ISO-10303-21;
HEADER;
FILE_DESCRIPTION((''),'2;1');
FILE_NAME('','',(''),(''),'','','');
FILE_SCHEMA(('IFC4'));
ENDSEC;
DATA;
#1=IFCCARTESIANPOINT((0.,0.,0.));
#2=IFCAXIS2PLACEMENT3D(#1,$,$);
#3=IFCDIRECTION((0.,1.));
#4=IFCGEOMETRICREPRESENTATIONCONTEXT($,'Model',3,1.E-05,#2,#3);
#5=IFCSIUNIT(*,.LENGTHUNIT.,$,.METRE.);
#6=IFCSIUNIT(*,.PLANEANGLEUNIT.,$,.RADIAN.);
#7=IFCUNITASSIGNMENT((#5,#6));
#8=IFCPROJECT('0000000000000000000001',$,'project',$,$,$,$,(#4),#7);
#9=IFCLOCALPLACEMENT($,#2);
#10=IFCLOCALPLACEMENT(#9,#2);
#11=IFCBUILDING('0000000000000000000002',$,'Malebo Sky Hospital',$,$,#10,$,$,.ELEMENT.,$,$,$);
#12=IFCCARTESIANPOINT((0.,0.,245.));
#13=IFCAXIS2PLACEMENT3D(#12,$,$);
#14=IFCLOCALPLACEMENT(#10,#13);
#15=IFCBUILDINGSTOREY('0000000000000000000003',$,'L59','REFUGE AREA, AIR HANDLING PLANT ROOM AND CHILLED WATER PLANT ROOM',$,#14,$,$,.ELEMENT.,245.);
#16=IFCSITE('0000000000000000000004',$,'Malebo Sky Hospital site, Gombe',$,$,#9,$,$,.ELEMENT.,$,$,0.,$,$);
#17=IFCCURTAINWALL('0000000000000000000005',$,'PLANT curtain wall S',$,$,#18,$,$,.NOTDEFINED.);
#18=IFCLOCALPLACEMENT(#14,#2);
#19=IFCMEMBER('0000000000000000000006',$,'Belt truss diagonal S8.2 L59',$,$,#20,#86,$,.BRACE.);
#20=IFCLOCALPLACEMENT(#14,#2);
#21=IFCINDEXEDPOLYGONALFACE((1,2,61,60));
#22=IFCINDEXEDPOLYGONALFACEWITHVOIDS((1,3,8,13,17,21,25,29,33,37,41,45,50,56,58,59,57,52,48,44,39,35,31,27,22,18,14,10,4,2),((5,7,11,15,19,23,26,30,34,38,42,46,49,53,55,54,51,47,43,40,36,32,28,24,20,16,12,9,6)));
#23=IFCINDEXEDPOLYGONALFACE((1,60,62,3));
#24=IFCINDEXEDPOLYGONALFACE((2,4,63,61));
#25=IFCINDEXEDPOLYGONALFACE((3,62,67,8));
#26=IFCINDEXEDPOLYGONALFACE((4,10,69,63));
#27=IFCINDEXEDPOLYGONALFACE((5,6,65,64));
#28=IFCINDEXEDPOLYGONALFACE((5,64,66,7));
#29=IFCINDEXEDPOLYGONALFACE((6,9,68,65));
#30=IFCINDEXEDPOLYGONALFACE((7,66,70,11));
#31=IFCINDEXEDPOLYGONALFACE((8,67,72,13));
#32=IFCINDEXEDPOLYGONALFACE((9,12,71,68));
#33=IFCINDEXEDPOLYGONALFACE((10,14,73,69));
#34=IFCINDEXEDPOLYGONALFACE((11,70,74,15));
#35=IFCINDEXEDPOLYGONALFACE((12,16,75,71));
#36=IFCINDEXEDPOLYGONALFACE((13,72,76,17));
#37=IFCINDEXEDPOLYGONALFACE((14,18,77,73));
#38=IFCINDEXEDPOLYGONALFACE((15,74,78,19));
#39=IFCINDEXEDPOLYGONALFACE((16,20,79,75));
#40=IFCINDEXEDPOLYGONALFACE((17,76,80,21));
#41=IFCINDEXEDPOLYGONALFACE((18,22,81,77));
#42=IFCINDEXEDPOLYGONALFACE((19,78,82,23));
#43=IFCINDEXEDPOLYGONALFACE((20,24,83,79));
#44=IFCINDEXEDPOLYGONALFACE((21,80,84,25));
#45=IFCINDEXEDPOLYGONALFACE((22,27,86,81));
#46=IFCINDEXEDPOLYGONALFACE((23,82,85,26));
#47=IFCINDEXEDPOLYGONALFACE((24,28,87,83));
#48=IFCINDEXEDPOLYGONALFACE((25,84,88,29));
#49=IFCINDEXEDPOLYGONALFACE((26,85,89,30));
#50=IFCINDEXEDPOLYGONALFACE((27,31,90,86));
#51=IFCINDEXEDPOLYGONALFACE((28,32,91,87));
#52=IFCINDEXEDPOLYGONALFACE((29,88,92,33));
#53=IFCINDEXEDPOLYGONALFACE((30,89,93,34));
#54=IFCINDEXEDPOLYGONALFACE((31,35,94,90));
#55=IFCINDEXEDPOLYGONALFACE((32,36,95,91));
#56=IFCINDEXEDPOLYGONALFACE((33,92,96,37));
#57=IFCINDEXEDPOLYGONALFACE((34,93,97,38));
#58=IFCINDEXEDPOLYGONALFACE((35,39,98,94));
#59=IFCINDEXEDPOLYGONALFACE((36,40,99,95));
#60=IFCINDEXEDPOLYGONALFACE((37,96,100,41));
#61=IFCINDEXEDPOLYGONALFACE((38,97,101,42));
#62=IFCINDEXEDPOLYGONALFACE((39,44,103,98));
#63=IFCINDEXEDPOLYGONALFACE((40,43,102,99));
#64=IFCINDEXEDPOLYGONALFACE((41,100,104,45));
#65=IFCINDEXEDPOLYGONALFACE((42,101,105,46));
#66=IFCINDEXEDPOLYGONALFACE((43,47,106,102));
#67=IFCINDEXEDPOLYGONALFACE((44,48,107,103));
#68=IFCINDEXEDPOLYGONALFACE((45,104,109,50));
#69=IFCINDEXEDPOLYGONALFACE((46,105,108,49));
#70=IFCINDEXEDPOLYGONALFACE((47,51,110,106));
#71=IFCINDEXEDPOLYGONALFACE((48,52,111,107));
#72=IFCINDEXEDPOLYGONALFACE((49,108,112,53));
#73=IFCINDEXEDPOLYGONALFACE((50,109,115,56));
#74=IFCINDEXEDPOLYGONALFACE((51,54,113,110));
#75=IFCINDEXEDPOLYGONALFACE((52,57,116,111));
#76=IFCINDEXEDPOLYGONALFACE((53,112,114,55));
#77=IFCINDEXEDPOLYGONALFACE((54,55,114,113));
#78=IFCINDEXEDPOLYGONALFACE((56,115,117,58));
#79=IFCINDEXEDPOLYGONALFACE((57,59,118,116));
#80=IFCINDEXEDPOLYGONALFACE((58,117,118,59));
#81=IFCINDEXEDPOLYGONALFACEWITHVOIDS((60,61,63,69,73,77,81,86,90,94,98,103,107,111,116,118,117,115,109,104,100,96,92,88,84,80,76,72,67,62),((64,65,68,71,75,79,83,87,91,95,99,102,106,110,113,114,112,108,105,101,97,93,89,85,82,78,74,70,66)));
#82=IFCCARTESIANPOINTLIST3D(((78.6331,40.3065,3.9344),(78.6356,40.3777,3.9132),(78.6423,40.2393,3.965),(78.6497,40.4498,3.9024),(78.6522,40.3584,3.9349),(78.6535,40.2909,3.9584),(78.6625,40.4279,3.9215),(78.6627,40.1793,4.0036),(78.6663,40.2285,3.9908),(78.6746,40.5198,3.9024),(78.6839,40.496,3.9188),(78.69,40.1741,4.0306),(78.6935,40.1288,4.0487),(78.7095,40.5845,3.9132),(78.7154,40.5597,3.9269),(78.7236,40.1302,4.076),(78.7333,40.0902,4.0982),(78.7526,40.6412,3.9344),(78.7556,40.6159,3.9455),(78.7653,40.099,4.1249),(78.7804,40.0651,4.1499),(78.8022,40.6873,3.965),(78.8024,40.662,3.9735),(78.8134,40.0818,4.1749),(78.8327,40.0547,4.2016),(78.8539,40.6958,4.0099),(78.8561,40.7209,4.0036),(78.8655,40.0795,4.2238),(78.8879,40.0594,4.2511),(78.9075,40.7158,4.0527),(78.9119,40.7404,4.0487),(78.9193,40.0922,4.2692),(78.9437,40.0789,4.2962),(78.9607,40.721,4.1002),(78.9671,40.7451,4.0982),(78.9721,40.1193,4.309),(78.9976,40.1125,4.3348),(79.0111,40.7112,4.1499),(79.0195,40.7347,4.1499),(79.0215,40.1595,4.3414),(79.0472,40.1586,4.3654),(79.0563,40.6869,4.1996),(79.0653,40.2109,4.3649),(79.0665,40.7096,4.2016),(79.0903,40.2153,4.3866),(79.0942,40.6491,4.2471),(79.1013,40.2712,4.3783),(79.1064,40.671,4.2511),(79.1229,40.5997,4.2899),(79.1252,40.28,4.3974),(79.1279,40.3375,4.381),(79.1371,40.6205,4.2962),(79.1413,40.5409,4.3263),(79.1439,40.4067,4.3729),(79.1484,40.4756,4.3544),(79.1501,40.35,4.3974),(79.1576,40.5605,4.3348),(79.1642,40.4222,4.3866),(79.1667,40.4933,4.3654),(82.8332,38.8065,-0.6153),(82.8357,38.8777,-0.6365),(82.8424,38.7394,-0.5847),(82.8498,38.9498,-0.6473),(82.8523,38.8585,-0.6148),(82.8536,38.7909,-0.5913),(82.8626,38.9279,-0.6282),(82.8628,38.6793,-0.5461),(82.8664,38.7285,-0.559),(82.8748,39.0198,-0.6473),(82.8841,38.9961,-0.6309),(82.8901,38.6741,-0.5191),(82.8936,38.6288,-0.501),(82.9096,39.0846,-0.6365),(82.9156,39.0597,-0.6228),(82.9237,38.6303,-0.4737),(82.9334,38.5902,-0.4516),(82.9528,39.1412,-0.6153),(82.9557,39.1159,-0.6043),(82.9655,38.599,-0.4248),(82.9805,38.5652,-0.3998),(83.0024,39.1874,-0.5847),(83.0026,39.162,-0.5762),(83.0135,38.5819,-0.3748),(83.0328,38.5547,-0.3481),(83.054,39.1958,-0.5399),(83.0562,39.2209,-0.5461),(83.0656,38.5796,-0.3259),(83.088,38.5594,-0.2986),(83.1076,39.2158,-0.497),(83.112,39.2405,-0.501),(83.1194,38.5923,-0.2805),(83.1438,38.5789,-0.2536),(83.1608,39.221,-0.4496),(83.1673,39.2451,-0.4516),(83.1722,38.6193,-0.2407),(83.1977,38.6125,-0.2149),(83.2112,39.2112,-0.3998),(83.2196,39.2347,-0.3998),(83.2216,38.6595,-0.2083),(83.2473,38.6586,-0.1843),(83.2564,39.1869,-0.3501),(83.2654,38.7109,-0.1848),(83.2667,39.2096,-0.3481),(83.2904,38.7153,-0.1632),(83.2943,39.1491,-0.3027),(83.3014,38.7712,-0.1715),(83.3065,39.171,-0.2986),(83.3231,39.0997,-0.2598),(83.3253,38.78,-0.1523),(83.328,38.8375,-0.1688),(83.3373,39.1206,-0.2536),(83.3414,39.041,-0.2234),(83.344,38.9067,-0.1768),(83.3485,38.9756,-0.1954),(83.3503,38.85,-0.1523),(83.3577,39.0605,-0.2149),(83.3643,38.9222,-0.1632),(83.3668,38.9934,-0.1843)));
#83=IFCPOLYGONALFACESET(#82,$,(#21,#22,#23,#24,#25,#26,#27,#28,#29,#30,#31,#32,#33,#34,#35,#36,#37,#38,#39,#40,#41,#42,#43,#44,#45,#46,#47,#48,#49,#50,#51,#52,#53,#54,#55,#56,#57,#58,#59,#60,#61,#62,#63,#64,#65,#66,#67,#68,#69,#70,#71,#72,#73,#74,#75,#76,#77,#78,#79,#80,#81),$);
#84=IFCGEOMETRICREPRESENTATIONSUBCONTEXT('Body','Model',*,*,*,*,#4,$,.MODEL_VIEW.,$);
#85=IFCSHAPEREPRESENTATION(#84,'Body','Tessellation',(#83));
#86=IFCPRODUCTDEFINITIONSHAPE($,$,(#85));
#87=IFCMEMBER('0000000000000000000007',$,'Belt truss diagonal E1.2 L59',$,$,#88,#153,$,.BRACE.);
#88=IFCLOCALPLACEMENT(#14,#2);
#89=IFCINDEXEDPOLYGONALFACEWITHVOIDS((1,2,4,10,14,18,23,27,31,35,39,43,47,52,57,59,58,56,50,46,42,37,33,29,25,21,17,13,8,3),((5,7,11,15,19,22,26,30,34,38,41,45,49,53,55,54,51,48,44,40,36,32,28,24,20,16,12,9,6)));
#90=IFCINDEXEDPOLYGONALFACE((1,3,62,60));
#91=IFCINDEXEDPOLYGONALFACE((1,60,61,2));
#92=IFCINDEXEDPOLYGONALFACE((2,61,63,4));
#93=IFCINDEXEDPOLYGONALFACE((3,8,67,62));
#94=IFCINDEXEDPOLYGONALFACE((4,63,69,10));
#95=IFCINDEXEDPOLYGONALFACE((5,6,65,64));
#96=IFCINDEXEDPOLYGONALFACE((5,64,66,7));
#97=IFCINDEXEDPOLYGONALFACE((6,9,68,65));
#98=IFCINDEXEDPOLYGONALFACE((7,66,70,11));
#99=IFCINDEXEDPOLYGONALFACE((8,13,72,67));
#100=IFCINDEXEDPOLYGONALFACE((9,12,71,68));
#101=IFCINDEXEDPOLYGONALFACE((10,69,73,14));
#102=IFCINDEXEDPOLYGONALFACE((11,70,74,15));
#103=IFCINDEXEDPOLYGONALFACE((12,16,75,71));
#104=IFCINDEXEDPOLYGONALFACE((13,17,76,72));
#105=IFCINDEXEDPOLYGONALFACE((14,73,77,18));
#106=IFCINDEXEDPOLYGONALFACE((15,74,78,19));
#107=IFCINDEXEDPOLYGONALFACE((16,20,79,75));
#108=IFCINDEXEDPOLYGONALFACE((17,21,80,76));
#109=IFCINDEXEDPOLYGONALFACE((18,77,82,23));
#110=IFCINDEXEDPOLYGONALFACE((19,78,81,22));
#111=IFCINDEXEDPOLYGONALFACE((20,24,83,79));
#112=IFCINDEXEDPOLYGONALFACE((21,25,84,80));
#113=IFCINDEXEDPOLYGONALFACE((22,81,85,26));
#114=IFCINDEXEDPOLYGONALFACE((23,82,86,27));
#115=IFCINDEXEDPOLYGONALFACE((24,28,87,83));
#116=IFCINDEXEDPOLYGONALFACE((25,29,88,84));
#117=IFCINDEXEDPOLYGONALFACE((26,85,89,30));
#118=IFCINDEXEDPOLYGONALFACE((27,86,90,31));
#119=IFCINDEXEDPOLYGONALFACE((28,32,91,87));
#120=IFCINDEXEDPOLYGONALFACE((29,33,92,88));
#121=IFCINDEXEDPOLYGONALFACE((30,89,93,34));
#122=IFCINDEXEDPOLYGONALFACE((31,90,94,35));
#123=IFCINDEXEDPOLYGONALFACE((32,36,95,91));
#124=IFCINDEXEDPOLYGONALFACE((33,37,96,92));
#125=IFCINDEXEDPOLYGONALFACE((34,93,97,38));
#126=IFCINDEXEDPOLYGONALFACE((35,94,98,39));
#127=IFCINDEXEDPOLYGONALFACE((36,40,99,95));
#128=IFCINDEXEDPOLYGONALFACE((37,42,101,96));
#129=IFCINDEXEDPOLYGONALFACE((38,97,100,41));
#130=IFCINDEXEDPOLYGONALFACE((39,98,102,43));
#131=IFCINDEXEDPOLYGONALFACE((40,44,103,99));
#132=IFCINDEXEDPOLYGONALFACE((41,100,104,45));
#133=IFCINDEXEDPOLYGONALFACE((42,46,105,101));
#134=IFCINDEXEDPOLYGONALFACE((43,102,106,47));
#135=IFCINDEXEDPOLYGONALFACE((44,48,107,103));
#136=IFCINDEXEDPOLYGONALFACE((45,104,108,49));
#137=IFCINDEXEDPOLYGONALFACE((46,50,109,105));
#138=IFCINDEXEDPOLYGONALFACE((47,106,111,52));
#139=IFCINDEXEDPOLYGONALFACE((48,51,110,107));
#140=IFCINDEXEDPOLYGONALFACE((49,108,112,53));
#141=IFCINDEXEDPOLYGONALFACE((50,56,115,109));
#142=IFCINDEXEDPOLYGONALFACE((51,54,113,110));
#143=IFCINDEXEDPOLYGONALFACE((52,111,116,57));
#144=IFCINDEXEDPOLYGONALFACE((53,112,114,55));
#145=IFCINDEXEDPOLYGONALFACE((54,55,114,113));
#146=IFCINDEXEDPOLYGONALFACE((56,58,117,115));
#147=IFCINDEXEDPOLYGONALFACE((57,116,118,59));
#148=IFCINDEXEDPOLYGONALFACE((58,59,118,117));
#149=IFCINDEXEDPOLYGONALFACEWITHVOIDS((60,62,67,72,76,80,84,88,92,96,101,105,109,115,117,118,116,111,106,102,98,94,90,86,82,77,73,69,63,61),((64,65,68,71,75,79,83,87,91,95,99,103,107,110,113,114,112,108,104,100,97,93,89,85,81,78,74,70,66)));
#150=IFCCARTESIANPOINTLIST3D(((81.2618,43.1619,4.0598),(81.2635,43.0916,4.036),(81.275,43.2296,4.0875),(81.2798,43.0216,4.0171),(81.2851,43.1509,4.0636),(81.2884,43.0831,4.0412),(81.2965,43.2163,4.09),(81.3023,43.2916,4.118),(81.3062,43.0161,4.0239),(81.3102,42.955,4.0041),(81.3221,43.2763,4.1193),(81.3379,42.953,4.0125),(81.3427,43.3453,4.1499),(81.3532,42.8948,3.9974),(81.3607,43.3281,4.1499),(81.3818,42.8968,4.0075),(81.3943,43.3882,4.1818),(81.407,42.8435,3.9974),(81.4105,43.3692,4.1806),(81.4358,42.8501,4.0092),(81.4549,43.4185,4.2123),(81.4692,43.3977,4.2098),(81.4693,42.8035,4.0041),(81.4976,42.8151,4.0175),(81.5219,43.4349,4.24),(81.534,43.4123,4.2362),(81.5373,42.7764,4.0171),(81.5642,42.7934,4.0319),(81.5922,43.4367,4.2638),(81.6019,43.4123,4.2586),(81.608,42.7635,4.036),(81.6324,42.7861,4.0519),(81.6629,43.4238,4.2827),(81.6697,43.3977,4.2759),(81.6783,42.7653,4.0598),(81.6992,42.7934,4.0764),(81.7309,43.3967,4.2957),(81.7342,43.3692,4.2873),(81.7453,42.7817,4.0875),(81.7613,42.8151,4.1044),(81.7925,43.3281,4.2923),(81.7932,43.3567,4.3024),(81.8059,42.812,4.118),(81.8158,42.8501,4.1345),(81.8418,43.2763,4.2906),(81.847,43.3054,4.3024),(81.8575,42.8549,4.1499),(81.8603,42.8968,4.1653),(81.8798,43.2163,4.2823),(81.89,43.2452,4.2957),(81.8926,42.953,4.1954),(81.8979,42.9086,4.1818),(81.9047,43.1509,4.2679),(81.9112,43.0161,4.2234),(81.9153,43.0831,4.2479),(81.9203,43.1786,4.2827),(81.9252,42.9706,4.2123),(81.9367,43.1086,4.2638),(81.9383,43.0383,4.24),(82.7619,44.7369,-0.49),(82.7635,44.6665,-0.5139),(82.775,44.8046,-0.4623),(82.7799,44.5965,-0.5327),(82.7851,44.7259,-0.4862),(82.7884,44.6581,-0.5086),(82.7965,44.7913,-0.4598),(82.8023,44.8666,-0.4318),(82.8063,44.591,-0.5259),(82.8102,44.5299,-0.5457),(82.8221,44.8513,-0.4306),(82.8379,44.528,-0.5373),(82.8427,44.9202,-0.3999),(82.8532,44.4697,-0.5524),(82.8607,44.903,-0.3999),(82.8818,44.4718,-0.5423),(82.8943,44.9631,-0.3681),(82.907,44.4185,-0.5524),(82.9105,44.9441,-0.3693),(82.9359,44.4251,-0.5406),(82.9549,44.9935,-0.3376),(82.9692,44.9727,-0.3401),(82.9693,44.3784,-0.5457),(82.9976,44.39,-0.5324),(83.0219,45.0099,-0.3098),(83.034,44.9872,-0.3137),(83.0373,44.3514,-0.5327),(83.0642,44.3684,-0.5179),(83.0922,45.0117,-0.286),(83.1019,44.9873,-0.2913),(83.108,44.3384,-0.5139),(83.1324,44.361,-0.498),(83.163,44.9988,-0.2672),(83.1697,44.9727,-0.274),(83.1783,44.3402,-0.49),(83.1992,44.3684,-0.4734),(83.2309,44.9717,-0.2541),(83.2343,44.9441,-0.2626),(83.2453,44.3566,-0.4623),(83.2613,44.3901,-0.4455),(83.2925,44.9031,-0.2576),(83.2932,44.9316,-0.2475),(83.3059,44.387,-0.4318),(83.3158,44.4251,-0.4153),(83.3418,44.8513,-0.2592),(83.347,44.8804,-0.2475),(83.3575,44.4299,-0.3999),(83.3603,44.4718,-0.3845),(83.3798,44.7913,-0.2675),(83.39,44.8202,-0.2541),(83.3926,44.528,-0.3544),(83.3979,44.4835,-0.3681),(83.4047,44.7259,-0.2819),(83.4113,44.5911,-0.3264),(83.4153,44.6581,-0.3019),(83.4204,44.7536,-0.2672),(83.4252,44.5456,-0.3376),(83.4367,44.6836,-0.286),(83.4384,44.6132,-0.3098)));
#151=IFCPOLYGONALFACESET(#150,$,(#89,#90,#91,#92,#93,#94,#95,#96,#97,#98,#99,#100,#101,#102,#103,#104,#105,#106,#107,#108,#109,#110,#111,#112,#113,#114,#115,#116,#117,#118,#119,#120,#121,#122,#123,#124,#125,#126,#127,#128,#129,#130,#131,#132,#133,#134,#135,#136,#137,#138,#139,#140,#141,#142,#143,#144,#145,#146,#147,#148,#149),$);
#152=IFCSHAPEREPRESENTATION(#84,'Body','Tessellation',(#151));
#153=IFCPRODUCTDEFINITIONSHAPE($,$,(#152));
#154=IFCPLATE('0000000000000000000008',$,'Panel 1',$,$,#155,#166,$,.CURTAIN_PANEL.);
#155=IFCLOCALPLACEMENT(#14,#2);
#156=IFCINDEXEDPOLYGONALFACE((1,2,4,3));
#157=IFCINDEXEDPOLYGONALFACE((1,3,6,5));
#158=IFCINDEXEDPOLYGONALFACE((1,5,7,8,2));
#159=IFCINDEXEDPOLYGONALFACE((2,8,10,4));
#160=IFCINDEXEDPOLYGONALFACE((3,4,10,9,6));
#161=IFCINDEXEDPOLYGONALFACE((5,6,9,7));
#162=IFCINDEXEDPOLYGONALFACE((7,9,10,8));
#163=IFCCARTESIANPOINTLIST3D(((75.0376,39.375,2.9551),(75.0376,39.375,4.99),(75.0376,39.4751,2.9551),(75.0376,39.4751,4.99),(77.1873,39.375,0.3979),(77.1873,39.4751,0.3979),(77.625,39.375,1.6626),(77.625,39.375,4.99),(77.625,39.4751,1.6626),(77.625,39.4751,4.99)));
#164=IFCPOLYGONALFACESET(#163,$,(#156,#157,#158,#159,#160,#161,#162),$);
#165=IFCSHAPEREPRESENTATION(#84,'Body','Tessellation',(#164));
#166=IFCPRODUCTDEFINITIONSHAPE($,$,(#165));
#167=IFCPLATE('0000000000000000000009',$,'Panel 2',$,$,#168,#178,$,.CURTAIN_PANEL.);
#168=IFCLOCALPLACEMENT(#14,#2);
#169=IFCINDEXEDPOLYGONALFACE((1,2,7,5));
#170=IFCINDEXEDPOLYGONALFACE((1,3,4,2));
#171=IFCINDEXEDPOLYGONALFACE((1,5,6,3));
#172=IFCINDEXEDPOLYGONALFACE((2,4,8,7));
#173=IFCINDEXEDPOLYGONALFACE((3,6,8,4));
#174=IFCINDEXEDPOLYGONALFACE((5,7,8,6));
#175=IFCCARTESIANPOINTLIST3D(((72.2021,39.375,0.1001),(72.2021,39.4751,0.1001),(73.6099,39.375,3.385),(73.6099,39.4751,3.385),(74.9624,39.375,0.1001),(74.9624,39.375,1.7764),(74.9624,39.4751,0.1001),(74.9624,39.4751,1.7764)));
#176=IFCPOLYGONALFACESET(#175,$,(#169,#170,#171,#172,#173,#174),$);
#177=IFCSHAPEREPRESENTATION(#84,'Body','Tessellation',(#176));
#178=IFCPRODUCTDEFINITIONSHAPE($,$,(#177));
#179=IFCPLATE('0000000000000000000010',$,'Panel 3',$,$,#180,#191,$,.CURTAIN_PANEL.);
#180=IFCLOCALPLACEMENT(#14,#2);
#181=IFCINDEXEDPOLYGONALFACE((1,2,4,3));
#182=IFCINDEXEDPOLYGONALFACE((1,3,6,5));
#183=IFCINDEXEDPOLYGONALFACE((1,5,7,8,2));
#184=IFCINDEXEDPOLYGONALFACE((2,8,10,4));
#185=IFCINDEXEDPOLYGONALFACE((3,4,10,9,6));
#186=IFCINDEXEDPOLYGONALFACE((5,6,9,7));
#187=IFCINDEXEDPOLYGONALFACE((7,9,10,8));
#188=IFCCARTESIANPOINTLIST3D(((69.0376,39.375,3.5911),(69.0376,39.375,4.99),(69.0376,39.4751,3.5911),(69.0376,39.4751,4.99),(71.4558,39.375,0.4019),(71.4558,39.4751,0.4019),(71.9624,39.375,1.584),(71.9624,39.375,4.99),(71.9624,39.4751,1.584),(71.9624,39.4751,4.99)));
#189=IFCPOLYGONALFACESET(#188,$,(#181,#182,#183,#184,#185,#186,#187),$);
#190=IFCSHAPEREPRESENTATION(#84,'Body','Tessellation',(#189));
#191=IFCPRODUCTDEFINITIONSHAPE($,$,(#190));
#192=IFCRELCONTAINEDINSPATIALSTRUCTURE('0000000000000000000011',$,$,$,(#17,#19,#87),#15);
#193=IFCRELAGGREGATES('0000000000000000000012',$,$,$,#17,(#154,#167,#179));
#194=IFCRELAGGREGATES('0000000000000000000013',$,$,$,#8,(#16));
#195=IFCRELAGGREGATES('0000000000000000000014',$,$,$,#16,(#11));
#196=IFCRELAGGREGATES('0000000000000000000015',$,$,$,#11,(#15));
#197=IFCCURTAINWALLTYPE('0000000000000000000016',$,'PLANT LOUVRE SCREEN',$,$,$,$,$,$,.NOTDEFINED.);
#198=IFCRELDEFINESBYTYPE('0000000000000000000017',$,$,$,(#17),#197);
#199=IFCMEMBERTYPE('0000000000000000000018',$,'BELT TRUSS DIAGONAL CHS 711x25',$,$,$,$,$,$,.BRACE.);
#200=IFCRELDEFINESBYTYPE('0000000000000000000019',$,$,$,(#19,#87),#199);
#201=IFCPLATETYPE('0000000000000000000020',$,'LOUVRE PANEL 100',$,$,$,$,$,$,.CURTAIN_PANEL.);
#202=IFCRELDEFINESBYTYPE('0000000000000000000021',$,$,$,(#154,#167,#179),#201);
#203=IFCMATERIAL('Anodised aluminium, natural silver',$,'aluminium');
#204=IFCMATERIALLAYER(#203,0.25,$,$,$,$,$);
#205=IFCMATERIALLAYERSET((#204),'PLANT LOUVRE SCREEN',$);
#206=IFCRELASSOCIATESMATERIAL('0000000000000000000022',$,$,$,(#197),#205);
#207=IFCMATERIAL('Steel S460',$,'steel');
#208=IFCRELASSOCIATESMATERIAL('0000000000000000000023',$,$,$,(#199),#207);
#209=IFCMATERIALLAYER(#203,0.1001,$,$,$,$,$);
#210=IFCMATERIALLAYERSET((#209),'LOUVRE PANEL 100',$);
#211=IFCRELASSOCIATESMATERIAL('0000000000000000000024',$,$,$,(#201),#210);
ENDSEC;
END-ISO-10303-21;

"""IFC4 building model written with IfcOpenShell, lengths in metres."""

from ifc_helpers import new_model, si_unit, direction, frame, origin, origin_2d, place, context, subcontext, project, spatial, polyline, hollow_circle, outline, extrude, material, layer, layer_set, material_profile, profile_set, type_object, element, aggregate, save


model = new_model("IFC4")

# Units and contexts
model_context = context("Model", 3, precision=1e-05, world=origin(), true_north=direction((0.0, 1.0)))
body_context = subcontext(model_context, "Body", "Model", "MODEL_VIEW")
ifc_project = project(units=[si_unit("LENGTHUNIT", "METRE"), si_unit("PLANEANGLEUNIT", "RADIAN")], contexts=[model_context])

# Site, building, storey
site_placement = place(None, origin())
site = spatial("IfcSite", under=ifc_project, at=site_placement, Name="Malebo Sky Hospital site, Gombe", CompositionType="ELEMENT", RefElevation=0.0)
building_placement = place(site_placement, origin())
building = spatial("IfcBuilding", under=site, at=building_placement, Name="Malebo Sky Hospital", CompositionType="ELEMENT")
storey_placement = place(building_placement, frame((0.0, 0.0, 245.0)))
storey = spatial("IfcBuildingStorey", under=building, at=storey_placement, Name="L59", Description="REFUGE AREA, AIR HANDLING PLANT ROOM AND CHILLED WATER PLANT ROOM", CompositionType="ELEMENT", Elevation=245.0)

# Curtain wall
ifc_material_1 = material(Name="Anodised aluminium, natural silver", Category="aluminium")
ifc_layer_1 = layer(ifc_material_1, 0.25)
ifc_layer_set_1 = layer_set([ifc_layer_1], Name="PLANT LOUVRE SCREEN")
curtain_wall_type = type_object("IfcCurtainWallType", Name="PLANT LOUVRE SCREEN", PredefinedType="NOTDEFINED", material=ifc_layer_set_1)
curtain_wall_placement = place(storey_placement, origin())
curtain_wall = element("IfcCurtainWall", 1, at=curtain_wall_placement, inside=storey, type_object=curtain_wall_type, Name="PLANT curtain wall S", PredefinedType="NOTDEFINED")

# Members
ifc_material_2 = material(Name="Steel S460", Category="steel")
ifc_material_profile_1 = material_profile(ifc_material_2, hollow_circle(Radius=0.3555, WallThickness=0.0249, at=origin_2d()), Name="CHS 711x25")
ifc_profile_set_1 = profile_set([ifc_material_profile_1], Name="Steel S460")
member_type_1 = type_object("IfcMemberType", Name="BELT TRUSS DIAGONAL CHS 711x25", PredefinedType="BRACE", material=ifc_profile_set_1)
member_1_placement = place(storey_placement, frame((78.8999, 40.3999, 4.1499), z_axis=(0.659246, -0.235434, -0.714119), x_axis=(0.336323, 0.941747, 0.0)))
element("IfcMember", 2, at=member_1_placement, inside=storey, type_object=member_type_1, Name="Belt truss diagonal S8.2 L59", PredefinedType="BRACE", context=body_context, shape_type="SweptSolid", body=[
    extrude(hollow_circle(Radius=0.3555, WallThickness=0.0249, at=origin_2d()), origin(), (0.0, 0.0, 1.0), 6.3711),
])
member_2_placement = place(storey_placement, frame((81.6001, 43.1001, 4.1499), z_axis=(0.297446, 0.312308, -0.902214), x_axis=(-0.724127, 0.689666, 0.0)))
element("IfcMember", 3, at=member_2_placement, inside=storey, type_object=member_type_1, Name="Belt truss diagonal E1.2 L59", PredefinedType="BRACE", context=body_context, shape_type="SweptSolid", body=[
    extrude(hollow_circle(Radius=0.3555, WallThickness=0.0249, at=origin_2d()), origin(), (0.0, 0.0, 1.0), 5.043),
])

# Plates
ifc_layer_2 = layer(ifc_material_1, 0.1001)
ifc_layer_set_2 = layer_set([ifc_layer_2], Name="LOUVRE PANEL 100")
plate_type = type_object("IfcPlateType", Name="LOUVRE PANEL 100", PredefinedType="CURTAIN_PANEL", material=ifc_layer_set_2)
plate_1_placement = place(storey_placement, frame((76.3313, 39.425, 0.3979), z_axis=(0.0, 0.0, 1.0), x_axis=(-1.0, 0.0, 0.0)))
plate_1 = element("IfcPlate", 4, at=plate_1_placement, type_object=plate_type, Name="Panel 1", PredefinedType="CURTAIN_PANEL", context=body_context, shape_type="SweptSolid", body=[
    extrude(outline(polyline([(-0.856, 0.0), (1.2937, 2.5571), (1.2937, 4.592), (-1.2937, 4.592), (-1.2937, 1.2646), (-0.856, 0.0)])), frame((0.0, 0.05, 0.0), z_axis=(0.0, -1.0, 0.0), x_axis=(1.0, 0.0, 0.0)), (0.0, 0.0, 1.0), 0.1001),
])
plate_2_placement = place(storey_placement, frame((73.5823, 39.425, 0.1001), z_axis=(0.0, 0.0, 1.0), x_axis=(-1.0, 0.0, 0.0)))
plate_2 = element("IfcPlate", 5, at=plate_2_placement, type_object=plate_type, Name="Panel 2", PredefinedType="CURTAIN_PANEL", context=body_context, shape_type="SweptSolid", body=[
    extrude(outline(polyline([(-1.3801, 0.0), (1.3801, 0.0), (-0.0276, 3.2849), (-1.3801, 1.6763), (-1.3801, 0.0)])), frame((0.0, 0.05, 0.0), z_axis=(0.0, -1.0, 0.0), x_axis=(1.0, 0.0, 0.0)), (0.0, 0.0, 1.0), 0.1001),
])
plate_3_placement = place(storey_placement, frame((70.5, 39.425, 0.4019), z_axis=(0.0, 0.0, 1.0), x_axis=(-1.0, 0.0, 0.0)))
plate_3 = element("IfcPlate", 6, at=plate_3_placement, type_object=plate_type, Name="Panel 3", PredefinedType="CURTAIN_PANEL", context=body_context, shape_type="SweptSolid", body=[
    extrude(outline(polyline([(-0.9558, 0.0), (1.4624, 3.1892), (1.4624, 4.5881), (-1.4624, 4.5881), (-1.4624, 1.1821), (-0.9558, 0.0)])), frame((0.0, 0.05, 0.0), z_axis=(0.0, -1.0, 0.0), x_axis=(1.0, 0.0, 0.0)), (0.0, 0.0, 1.0), 0.1001),
])
aggregate(curtain_wall, [plate_1, plate_2, plate_3])

save(model, "model.ifc")
